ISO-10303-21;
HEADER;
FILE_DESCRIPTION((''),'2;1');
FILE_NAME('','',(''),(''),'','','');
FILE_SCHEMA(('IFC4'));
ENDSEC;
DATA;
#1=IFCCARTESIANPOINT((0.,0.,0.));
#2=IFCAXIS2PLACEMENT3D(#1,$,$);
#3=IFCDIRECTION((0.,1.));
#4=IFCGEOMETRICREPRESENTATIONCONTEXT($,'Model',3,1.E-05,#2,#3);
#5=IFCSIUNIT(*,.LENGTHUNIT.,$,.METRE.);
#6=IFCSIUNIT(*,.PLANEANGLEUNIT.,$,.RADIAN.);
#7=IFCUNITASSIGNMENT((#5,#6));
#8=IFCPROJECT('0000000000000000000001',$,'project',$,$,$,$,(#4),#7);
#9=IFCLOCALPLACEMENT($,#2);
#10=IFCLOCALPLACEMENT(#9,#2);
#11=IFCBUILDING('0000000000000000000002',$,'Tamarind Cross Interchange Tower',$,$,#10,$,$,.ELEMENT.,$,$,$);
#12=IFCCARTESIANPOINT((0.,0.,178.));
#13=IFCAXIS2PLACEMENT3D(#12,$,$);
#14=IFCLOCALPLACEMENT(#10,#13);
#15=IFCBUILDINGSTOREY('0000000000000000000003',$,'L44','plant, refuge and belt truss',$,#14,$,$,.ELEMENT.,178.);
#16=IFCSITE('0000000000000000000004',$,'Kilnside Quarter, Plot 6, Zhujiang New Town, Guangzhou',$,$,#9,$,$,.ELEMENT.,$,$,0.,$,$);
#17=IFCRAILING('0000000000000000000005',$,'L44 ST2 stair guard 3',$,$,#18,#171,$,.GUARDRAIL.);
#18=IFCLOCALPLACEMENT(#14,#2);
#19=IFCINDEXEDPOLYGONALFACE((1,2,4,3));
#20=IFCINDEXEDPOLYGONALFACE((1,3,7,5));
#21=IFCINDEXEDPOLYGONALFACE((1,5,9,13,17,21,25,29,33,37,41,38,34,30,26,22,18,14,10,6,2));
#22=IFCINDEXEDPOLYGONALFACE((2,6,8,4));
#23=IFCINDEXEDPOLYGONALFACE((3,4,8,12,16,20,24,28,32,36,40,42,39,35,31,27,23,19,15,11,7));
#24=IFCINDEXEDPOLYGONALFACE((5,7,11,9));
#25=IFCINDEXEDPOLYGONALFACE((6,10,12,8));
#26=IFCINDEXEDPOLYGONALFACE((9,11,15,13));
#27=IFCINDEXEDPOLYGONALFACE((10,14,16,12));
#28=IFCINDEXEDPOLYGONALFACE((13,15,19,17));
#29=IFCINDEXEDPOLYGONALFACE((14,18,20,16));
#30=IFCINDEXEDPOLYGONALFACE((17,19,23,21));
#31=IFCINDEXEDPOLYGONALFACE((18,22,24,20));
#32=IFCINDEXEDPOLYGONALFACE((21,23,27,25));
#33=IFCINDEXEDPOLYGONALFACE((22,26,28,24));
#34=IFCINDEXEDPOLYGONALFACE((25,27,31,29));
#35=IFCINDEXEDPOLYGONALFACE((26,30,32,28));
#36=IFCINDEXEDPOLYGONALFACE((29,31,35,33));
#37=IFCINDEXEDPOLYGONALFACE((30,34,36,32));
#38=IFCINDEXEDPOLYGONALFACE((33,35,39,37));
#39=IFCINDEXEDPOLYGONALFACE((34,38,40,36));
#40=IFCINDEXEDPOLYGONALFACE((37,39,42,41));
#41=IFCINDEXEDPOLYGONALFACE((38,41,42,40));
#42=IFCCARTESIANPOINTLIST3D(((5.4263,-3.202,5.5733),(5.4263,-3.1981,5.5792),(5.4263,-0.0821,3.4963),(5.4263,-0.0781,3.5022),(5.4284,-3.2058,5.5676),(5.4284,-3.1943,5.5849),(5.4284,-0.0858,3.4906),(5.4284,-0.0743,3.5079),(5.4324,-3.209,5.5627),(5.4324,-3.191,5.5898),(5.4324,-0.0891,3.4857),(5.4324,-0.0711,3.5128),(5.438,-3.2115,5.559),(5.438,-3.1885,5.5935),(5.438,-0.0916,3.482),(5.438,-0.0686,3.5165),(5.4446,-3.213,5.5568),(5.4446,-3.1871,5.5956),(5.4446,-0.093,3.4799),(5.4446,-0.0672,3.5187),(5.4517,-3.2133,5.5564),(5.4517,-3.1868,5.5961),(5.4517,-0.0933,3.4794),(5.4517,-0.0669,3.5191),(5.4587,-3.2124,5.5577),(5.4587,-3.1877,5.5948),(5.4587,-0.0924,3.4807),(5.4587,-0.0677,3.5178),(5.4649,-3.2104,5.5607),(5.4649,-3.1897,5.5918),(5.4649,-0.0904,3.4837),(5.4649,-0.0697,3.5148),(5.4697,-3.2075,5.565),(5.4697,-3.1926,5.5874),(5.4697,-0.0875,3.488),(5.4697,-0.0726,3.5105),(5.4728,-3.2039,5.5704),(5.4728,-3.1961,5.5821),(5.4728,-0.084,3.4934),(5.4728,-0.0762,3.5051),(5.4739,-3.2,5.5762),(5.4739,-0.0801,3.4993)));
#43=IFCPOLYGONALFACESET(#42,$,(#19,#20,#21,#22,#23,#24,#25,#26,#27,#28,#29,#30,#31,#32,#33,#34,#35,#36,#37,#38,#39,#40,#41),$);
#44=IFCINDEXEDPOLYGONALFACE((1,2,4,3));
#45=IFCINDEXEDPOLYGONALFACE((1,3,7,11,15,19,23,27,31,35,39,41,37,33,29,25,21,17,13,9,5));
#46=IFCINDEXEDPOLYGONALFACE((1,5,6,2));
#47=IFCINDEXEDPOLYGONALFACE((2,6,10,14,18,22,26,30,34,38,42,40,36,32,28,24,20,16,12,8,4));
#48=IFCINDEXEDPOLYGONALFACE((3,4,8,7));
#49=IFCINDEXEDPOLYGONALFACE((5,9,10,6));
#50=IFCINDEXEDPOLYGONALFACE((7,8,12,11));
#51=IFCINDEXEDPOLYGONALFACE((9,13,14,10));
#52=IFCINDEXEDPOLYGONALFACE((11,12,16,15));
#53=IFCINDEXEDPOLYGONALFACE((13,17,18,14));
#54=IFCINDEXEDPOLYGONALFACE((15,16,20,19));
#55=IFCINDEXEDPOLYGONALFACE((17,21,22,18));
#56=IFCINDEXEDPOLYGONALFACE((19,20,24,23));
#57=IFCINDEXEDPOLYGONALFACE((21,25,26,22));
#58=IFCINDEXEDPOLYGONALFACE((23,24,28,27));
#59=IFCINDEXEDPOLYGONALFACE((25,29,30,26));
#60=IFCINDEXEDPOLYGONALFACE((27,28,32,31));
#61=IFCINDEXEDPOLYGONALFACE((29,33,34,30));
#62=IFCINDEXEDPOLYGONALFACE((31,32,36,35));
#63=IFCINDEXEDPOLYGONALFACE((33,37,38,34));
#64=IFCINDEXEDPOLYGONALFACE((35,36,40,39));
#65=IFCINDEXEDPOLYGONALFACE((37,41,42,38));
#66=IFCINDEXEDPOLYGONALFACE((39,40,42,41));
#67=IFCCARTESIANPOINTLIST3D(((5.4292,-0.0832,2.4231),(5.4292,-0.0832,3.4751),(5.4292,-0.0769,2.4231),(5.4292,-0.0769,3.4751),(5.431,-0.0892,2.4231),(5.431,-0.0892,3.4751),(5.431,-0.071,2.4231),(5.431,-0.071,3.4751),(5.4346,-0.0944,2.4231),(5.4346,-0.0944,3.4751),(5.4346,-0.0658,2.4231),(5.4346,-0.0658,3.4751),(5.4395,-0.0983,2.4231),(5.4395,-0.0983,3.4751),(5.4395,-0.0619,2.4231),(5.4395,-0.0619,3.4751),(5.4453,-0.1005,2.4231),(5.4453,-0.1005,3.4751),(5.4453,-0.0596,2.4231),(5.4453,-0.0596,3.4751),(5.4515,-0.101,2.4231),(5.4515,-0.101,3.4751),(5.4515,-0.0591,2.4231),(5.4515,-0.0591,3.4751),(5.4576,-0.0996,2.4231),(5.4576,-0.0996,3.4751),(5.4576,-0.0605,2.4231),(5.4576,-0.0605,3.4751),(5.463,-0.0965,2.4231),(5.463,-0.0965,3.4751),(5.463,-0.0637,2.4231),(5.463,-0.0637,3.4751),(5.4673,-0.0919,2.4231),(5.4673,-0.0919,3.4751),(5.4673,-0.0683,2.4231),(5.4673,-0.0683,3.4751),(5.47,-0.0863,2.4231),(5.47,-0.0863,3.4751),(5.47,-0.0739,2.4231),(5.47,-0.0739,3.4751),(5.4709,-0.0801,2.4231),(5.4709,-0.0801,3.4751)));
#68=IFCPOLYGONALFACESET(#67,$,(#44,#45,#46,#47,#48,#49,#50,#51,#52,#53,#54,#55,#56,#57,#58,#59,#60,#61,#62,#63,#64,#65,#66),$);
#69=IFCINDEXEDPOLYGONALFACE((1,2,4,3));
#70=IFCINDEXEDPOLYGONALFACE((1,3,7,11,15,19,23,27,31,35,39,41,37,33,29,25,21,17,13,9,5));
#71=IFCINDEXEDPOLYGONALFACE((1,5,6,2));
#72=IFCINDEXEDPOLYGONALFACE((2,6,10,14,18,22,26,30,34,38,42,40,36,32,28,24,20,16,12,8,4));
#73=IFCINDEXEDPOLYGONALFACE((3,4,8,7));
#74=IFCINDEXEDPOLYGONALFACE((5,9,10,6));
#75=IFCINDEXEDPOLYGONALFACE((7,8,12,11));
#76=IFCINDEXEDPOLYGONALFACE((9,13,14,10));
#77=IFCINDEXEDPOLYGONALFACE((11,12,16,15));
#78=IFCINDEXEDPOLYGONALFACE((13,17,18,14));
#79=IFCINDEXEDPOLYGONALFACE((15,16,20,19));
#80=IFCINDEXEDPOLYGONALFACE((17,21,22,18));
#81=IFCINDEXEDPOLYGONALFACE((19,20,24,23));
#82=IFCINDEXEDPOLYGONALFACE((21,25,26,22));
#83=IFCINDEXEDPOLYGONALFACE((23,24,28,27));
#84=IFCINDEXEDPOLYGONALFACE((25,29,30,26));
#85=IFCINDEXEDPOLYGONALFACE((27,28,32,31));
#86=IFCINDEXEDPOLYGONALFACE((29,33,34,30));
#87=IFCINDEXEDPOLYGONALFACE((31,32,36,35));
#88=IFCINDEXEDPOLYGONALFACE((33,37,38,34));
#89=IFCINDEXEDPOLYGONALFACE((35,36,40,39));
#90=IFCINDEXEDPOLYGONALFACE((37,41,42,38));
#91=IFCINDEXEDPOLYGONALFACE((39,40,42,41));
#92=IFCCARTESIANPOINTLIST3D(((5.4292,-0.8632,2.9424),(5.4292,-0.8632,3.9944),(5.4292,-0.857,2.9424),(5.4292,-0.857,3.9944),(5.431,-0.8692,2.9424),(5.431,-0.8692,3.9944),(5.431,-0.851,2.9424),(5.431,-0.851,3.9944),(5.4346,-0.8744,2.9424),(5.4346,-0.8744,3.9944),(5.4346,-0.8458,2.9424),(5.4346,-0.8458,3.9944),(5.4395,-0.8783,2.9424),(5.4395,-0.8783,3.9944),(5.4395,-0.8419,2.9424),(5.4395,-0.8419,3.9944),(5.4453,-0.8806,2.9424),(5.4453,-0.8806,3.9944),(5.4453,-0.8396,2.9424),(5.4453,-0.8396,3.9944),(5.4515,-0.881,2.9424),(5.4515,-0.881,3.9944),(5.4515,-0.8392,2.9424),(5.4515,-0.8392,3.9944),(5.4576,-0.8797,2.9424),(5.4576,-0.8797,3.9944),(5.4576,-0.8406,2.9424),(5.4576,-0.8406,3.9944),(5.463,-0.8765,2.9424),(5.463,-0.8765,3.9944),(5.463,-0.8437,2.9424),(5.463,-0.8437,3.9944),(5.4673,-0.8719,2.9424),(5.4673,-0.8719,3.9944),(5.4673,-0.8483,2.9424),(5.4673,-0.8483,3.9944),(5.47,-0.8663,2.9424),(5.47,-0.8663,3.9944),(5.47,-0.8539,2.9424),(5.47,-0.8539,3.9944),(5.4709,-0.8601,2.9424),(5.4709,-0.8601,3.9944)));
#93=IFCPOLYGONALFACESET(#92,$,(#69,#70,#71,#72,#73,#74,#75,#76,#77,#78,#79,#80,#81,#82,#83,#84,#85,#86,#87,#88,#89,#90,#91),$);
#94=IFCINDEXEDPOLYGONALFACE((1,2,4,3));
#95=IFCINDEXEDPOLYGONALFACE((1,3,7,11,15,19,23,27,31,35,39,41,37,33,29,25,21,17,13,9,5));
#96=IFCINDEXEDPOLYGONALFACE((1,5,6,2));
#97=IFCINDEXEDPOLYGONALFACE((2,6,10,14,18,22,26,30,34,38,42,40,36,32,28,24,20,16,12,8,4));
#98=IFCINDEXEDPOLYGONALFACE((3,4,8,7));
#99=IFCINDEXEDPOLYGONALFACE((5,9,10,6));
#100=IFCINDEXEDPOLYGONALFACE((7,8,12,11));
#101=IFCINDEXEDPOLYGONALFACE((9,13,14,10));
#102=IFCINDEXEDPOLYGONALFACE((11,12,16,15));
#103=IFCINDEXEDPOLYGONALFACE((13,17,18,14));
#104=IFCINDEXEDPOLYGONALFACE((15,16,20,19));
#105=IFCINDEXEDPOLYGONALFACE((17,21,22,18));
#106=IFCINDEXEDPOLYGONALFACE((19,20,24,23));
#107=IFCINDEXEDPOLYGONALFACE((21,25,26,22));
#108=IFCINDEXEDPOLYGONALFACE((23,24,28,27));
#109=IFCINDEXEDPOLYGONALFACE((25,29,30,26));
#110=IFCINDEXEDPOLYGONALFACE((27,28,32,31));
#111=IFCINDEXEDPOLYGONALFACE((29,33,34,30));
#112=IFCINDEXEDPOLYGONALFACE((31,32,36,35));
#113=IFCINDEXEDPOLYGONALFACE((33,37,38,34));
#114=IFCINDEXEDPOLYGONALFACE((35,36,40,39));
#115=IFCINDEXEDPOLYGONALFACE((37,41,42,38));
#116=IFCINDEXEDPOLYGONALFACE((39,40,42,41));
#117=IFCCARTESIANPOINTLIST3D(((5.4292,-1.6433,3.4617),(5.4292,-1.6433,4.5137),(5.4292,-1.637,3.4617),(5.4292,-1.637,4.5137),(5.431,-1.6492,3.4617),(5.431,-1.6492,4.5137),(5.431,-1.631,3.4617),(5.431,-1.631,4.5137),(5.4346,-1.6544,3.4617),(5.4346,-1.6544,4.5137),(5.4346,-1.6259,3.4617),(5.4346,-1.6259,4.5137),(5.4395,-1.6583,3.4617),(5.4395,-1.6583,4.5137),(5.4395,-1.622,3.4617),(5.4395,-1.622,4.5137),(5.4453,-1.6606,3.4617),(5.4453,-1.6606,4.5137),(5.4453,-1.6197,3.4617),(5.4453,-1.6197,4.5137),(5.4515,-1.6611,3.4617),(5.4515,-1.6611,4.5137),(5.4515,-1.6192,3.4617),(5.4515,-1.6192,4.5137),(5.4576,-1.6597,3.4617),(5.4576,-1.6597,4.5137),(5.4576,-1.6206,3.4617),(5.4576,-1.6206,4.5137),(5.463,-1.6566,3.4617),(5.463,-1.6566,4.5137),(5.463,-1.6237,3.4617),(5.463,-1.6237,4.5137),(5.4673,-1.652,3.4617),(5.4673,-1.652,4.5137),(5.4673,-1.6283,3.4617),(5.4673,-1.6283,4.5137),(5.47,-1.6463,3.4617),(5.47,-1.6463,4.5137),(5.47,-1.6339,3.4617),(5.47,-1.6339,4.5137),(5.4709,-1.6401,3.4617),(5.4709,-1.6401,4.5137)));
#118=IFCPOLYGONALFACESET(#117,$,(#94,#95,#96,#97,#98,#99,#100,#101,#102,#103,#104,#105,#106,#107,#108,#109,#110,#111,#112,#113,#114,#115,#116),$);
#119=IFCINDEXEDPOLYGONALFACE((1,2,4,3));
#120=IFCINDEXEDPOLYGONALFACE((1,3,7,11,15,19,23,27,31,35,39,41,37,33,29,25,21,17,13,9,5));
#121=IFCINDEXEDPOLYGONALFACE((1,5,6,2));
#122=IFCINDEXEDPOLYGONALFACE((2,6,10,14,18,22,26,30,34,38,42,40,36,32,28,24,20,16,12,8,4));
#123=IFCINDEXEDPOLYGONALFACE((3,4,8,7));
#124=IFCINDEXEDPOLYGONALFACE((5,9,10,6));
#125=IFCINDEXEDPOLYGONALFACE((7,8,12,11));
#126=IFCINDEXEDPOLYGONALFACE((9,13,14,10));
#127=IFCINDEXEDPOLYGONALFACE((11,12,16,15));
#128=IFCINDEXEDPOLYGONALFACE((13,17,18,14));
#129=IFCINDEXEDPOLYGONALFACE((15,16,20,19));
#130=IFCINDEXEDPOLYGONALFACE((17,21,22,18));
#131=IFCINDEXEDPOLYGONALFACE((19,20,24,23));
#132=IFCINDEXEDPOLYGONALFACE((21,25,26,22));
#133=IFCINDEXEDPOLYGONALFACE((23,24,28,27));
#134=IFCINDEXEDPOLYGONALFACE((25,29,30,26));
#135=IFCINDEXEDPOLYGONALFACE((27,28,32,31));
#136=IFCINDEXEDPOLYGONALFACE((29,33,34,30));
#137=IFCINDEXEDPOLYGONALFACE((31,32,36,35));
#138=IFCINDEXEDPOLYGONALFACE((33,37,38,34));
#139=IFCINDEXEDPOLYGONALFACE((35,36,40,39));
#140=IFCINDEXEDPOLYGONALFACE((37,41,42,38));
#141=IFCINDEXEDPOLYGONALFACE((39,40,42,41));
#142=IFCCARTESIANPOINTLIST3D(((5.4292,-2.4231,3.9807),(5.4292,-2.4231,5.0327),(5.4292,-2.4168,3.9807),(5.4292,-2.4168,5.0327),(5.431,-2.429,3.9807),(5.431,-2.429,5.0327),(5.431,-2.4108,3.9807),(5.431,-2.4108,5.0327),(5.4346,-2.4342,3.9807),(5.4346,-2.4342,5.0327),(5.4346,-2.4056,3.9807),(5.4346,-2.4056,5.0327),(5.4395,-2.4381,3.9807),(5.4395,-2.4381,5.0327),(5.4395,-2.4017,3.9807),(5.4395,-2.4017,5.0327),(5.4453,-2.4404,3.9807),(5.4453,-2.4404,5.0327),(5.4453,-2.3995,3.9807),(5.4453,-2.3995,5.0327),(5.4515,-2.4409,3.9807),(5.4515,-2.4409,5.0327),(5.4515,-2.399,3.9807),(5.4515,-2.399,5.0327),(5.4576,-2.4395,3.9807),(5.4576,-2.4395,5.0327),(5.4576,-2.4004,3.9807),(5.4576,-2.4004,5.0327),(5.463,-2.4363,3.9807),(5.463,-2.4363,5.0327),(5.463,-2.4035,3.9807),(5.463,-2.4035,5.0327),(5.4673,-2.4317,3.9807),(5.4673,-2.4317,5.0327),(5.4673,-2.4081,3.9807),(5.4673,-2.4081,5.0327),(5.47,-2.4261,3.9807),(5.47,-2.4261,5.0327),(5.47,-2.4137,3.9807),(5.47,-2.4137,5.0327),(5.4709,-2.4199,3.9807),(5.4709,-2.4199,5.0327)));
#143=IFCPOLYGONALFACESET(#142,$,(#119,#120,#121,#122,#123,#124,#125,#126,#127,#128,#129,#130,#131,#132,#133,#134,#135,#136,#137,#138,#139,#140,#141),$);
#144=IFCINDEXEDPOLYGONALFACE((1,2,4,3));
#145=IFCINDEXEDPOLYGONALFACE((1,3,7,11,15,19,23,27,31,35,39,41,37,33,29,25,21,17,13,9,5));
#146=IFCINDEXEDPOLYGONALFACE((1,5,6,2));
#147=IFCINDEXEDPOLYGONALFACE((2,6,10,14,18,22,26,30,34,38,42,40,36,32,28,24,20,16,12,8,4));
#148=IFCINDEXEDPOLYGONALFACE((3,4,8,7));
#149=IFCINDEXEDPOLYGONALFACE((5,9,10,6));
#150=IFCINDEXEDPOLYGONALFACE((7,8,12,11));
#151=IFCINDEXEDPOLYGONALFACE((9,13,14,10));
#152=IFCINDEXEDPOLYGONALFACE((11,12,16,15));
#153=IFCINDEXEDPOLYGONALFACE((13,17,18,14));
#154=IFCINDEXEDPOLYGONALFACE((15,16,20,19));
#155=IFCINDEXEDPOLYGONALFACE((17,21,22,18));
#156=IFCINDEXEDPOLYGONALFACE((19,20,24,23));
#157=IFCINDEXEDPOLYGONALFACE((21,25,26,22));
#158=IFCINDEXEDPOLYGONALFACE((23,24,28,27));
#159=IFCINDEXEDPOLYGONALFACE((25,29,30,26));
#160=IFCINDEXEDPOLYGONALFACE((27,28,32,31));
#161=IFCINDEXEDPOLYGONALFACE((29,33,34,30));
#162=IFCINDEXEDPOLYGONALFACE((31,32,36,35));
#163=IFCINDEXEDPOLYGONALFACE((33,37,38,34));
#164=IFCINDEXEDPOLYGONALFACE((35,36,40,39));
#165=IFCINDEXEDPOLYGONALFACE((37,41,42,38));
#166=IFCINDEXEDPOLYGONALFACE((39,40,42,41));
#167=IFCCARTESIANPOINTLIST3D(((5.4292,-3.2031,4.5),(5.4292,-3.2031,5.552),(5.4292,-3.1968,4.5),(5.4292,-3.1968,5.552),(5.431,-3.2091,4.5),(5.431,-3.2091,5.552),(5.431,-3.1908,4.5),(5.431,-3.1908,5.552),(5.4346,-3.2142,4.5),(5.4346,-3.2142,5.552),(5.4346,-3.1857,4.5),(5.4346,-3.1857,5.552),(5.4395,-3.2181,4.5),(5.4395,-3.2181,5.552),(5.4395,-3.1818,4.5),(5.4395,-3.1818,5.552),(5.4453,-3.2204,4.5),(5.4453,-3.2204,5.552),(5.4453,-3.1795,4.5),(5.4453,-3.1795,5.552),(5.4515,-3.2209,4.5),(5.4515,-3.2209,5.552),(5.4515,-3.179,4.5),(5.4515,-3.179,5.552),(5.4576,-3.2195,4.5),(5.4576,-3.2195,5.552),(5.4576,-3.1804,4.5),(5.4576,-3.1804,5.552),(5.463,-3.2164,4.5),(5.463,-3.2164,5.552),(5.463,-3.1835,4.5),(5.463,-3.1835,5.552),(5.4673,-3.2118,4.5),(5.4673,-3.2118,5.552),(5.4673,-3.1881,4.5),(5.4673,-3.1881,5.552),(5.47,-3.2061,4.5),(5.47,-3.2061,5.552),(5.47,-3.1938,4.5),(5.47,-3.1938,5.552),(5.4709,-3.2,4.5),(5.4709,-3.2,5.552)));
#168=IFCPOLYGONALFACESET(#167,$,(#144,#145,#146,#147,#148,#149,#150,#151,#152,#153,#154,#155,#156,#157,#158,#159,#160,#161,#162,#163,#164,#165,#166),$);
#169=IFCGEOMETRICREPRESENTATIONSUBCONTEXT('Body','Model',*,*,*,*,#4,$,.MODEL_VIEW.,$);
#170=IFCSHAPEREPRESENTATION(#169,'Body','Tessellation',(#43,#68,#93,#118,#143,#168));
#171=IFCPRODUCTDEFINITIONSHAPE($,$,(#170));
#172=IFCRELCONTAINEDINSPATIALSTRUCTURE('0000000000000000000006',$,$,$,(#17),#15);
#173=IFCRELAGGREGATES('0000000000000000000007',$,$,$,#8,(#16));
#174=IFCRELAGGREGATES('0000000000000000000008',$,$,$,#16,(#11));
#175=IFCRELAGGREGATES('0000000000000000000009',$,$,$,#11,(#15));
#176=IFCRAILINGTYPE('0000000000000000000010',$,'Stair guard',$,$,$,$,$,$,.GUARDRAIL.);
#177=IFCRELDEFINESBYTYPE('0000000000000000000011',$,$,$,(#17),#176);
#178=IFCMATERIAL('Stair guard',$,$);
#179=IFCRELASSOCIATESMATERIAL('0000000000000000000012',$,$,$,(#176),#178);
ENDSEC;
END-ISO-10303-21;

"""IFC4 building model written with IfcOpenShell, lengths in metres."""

from ifc_helpers import new_model, si_unit, direction, frame, origin, origin_2d, place, context, subcontext, project, spatial, circle, extrude, material, type_object, element, save


model = new_model("IFC4")

# Units and contexts
model_context = context("Model", 3, precision=1e-05, world=origin(), true_north=direction((0.0, 1.0)))
body_context = subcontext(model_context, "Body", "Model", "MODEL_VIEW")
ifc_project = project(units=[si_unit("LENGTHUNIT", "METRE"), si_unit("PLANEANGLEUNIT", "RADIAN")], contexts=[model_context])

# Site, building, storey
site_placement = place(None, origin())
site = spatial("IfcSite", under=ifc_project, at=site_placement, Name="Kilnside Quarter, Plot 6, Zhujiang New Town, Guangzhou", CompositionType="ELEMENT", RefElevation=0.0)
building_placement = place(site_placement, origin())
building = spatial("IfcBuilding", under=site, at=building_placement, Name="Tamarind Cross Interchange Tower", CompositionType="ELEMENT")
storey_placement = place(building_placement, frame((0.0, 0.0, 178.0)))
storey = spatial("IfcBuildingStorey", under=building, at=storey_placement, Name="L44", Description="plant, refuge and belt truss", CompositionType="ELEMENT", Elevation=178.0)

# Railing
ifc_material_1 = material(Name="Stair guard")
railing_type = type_object("IfcRailingType", Name="Stair guard", PredefinedType="GUARDRAIL", material=ifc_material_1)
railing_1_placement = place(storey_placement, frame((5.45, -0.0801, 2.4231)))
element("IfcRailing", 1, at=railing_1_placement, inside=storey, type_object=railing_type, Name="L44 ST2 stair guard 3", PredefinedType="GUARDRAIL", context=body_context, shape_type="SweptSolid", body=[
    extrude(circle(Radius=0.0239, at=origin_2d()), frame((0.0, 0.0, 1.0762), z_axis=(0.0, -0.832421, 0.554144), x_axis=(1.0, 0.0, 0.0)), (0.0, 0.0, 1.0), 3.748),
    extrude(circle(Radius=0.021, at=origin_2d()), origin(), (0.0, 0.0, 1.0), 1.052),
    extrude(circle(Radius=0.021, at=origin_2d()), frame((0.0, -0.78, 0.5193)), (0.0, 0.0, 1.0), 1.052),
    extrude(circle(Radius=0.021, at=origin_2d()), frame((0.0, -1.5601, 1.0386)), (0.0, 0.0, 1.0), 1.052),
    extrude(circle(Radius=0.021, at=origin_2d()), frame((0.0, -2.3398, 1.5576)), (0.0, 0.0, 1.0), 1.052),
    extrude(circle(Radius=0.021, at=origin_2d()), frame((0.0, -3.1199, 2.0769)), (0.0, 0.0, 1.0), 1.052),
])

save(model, "model.ifc")
